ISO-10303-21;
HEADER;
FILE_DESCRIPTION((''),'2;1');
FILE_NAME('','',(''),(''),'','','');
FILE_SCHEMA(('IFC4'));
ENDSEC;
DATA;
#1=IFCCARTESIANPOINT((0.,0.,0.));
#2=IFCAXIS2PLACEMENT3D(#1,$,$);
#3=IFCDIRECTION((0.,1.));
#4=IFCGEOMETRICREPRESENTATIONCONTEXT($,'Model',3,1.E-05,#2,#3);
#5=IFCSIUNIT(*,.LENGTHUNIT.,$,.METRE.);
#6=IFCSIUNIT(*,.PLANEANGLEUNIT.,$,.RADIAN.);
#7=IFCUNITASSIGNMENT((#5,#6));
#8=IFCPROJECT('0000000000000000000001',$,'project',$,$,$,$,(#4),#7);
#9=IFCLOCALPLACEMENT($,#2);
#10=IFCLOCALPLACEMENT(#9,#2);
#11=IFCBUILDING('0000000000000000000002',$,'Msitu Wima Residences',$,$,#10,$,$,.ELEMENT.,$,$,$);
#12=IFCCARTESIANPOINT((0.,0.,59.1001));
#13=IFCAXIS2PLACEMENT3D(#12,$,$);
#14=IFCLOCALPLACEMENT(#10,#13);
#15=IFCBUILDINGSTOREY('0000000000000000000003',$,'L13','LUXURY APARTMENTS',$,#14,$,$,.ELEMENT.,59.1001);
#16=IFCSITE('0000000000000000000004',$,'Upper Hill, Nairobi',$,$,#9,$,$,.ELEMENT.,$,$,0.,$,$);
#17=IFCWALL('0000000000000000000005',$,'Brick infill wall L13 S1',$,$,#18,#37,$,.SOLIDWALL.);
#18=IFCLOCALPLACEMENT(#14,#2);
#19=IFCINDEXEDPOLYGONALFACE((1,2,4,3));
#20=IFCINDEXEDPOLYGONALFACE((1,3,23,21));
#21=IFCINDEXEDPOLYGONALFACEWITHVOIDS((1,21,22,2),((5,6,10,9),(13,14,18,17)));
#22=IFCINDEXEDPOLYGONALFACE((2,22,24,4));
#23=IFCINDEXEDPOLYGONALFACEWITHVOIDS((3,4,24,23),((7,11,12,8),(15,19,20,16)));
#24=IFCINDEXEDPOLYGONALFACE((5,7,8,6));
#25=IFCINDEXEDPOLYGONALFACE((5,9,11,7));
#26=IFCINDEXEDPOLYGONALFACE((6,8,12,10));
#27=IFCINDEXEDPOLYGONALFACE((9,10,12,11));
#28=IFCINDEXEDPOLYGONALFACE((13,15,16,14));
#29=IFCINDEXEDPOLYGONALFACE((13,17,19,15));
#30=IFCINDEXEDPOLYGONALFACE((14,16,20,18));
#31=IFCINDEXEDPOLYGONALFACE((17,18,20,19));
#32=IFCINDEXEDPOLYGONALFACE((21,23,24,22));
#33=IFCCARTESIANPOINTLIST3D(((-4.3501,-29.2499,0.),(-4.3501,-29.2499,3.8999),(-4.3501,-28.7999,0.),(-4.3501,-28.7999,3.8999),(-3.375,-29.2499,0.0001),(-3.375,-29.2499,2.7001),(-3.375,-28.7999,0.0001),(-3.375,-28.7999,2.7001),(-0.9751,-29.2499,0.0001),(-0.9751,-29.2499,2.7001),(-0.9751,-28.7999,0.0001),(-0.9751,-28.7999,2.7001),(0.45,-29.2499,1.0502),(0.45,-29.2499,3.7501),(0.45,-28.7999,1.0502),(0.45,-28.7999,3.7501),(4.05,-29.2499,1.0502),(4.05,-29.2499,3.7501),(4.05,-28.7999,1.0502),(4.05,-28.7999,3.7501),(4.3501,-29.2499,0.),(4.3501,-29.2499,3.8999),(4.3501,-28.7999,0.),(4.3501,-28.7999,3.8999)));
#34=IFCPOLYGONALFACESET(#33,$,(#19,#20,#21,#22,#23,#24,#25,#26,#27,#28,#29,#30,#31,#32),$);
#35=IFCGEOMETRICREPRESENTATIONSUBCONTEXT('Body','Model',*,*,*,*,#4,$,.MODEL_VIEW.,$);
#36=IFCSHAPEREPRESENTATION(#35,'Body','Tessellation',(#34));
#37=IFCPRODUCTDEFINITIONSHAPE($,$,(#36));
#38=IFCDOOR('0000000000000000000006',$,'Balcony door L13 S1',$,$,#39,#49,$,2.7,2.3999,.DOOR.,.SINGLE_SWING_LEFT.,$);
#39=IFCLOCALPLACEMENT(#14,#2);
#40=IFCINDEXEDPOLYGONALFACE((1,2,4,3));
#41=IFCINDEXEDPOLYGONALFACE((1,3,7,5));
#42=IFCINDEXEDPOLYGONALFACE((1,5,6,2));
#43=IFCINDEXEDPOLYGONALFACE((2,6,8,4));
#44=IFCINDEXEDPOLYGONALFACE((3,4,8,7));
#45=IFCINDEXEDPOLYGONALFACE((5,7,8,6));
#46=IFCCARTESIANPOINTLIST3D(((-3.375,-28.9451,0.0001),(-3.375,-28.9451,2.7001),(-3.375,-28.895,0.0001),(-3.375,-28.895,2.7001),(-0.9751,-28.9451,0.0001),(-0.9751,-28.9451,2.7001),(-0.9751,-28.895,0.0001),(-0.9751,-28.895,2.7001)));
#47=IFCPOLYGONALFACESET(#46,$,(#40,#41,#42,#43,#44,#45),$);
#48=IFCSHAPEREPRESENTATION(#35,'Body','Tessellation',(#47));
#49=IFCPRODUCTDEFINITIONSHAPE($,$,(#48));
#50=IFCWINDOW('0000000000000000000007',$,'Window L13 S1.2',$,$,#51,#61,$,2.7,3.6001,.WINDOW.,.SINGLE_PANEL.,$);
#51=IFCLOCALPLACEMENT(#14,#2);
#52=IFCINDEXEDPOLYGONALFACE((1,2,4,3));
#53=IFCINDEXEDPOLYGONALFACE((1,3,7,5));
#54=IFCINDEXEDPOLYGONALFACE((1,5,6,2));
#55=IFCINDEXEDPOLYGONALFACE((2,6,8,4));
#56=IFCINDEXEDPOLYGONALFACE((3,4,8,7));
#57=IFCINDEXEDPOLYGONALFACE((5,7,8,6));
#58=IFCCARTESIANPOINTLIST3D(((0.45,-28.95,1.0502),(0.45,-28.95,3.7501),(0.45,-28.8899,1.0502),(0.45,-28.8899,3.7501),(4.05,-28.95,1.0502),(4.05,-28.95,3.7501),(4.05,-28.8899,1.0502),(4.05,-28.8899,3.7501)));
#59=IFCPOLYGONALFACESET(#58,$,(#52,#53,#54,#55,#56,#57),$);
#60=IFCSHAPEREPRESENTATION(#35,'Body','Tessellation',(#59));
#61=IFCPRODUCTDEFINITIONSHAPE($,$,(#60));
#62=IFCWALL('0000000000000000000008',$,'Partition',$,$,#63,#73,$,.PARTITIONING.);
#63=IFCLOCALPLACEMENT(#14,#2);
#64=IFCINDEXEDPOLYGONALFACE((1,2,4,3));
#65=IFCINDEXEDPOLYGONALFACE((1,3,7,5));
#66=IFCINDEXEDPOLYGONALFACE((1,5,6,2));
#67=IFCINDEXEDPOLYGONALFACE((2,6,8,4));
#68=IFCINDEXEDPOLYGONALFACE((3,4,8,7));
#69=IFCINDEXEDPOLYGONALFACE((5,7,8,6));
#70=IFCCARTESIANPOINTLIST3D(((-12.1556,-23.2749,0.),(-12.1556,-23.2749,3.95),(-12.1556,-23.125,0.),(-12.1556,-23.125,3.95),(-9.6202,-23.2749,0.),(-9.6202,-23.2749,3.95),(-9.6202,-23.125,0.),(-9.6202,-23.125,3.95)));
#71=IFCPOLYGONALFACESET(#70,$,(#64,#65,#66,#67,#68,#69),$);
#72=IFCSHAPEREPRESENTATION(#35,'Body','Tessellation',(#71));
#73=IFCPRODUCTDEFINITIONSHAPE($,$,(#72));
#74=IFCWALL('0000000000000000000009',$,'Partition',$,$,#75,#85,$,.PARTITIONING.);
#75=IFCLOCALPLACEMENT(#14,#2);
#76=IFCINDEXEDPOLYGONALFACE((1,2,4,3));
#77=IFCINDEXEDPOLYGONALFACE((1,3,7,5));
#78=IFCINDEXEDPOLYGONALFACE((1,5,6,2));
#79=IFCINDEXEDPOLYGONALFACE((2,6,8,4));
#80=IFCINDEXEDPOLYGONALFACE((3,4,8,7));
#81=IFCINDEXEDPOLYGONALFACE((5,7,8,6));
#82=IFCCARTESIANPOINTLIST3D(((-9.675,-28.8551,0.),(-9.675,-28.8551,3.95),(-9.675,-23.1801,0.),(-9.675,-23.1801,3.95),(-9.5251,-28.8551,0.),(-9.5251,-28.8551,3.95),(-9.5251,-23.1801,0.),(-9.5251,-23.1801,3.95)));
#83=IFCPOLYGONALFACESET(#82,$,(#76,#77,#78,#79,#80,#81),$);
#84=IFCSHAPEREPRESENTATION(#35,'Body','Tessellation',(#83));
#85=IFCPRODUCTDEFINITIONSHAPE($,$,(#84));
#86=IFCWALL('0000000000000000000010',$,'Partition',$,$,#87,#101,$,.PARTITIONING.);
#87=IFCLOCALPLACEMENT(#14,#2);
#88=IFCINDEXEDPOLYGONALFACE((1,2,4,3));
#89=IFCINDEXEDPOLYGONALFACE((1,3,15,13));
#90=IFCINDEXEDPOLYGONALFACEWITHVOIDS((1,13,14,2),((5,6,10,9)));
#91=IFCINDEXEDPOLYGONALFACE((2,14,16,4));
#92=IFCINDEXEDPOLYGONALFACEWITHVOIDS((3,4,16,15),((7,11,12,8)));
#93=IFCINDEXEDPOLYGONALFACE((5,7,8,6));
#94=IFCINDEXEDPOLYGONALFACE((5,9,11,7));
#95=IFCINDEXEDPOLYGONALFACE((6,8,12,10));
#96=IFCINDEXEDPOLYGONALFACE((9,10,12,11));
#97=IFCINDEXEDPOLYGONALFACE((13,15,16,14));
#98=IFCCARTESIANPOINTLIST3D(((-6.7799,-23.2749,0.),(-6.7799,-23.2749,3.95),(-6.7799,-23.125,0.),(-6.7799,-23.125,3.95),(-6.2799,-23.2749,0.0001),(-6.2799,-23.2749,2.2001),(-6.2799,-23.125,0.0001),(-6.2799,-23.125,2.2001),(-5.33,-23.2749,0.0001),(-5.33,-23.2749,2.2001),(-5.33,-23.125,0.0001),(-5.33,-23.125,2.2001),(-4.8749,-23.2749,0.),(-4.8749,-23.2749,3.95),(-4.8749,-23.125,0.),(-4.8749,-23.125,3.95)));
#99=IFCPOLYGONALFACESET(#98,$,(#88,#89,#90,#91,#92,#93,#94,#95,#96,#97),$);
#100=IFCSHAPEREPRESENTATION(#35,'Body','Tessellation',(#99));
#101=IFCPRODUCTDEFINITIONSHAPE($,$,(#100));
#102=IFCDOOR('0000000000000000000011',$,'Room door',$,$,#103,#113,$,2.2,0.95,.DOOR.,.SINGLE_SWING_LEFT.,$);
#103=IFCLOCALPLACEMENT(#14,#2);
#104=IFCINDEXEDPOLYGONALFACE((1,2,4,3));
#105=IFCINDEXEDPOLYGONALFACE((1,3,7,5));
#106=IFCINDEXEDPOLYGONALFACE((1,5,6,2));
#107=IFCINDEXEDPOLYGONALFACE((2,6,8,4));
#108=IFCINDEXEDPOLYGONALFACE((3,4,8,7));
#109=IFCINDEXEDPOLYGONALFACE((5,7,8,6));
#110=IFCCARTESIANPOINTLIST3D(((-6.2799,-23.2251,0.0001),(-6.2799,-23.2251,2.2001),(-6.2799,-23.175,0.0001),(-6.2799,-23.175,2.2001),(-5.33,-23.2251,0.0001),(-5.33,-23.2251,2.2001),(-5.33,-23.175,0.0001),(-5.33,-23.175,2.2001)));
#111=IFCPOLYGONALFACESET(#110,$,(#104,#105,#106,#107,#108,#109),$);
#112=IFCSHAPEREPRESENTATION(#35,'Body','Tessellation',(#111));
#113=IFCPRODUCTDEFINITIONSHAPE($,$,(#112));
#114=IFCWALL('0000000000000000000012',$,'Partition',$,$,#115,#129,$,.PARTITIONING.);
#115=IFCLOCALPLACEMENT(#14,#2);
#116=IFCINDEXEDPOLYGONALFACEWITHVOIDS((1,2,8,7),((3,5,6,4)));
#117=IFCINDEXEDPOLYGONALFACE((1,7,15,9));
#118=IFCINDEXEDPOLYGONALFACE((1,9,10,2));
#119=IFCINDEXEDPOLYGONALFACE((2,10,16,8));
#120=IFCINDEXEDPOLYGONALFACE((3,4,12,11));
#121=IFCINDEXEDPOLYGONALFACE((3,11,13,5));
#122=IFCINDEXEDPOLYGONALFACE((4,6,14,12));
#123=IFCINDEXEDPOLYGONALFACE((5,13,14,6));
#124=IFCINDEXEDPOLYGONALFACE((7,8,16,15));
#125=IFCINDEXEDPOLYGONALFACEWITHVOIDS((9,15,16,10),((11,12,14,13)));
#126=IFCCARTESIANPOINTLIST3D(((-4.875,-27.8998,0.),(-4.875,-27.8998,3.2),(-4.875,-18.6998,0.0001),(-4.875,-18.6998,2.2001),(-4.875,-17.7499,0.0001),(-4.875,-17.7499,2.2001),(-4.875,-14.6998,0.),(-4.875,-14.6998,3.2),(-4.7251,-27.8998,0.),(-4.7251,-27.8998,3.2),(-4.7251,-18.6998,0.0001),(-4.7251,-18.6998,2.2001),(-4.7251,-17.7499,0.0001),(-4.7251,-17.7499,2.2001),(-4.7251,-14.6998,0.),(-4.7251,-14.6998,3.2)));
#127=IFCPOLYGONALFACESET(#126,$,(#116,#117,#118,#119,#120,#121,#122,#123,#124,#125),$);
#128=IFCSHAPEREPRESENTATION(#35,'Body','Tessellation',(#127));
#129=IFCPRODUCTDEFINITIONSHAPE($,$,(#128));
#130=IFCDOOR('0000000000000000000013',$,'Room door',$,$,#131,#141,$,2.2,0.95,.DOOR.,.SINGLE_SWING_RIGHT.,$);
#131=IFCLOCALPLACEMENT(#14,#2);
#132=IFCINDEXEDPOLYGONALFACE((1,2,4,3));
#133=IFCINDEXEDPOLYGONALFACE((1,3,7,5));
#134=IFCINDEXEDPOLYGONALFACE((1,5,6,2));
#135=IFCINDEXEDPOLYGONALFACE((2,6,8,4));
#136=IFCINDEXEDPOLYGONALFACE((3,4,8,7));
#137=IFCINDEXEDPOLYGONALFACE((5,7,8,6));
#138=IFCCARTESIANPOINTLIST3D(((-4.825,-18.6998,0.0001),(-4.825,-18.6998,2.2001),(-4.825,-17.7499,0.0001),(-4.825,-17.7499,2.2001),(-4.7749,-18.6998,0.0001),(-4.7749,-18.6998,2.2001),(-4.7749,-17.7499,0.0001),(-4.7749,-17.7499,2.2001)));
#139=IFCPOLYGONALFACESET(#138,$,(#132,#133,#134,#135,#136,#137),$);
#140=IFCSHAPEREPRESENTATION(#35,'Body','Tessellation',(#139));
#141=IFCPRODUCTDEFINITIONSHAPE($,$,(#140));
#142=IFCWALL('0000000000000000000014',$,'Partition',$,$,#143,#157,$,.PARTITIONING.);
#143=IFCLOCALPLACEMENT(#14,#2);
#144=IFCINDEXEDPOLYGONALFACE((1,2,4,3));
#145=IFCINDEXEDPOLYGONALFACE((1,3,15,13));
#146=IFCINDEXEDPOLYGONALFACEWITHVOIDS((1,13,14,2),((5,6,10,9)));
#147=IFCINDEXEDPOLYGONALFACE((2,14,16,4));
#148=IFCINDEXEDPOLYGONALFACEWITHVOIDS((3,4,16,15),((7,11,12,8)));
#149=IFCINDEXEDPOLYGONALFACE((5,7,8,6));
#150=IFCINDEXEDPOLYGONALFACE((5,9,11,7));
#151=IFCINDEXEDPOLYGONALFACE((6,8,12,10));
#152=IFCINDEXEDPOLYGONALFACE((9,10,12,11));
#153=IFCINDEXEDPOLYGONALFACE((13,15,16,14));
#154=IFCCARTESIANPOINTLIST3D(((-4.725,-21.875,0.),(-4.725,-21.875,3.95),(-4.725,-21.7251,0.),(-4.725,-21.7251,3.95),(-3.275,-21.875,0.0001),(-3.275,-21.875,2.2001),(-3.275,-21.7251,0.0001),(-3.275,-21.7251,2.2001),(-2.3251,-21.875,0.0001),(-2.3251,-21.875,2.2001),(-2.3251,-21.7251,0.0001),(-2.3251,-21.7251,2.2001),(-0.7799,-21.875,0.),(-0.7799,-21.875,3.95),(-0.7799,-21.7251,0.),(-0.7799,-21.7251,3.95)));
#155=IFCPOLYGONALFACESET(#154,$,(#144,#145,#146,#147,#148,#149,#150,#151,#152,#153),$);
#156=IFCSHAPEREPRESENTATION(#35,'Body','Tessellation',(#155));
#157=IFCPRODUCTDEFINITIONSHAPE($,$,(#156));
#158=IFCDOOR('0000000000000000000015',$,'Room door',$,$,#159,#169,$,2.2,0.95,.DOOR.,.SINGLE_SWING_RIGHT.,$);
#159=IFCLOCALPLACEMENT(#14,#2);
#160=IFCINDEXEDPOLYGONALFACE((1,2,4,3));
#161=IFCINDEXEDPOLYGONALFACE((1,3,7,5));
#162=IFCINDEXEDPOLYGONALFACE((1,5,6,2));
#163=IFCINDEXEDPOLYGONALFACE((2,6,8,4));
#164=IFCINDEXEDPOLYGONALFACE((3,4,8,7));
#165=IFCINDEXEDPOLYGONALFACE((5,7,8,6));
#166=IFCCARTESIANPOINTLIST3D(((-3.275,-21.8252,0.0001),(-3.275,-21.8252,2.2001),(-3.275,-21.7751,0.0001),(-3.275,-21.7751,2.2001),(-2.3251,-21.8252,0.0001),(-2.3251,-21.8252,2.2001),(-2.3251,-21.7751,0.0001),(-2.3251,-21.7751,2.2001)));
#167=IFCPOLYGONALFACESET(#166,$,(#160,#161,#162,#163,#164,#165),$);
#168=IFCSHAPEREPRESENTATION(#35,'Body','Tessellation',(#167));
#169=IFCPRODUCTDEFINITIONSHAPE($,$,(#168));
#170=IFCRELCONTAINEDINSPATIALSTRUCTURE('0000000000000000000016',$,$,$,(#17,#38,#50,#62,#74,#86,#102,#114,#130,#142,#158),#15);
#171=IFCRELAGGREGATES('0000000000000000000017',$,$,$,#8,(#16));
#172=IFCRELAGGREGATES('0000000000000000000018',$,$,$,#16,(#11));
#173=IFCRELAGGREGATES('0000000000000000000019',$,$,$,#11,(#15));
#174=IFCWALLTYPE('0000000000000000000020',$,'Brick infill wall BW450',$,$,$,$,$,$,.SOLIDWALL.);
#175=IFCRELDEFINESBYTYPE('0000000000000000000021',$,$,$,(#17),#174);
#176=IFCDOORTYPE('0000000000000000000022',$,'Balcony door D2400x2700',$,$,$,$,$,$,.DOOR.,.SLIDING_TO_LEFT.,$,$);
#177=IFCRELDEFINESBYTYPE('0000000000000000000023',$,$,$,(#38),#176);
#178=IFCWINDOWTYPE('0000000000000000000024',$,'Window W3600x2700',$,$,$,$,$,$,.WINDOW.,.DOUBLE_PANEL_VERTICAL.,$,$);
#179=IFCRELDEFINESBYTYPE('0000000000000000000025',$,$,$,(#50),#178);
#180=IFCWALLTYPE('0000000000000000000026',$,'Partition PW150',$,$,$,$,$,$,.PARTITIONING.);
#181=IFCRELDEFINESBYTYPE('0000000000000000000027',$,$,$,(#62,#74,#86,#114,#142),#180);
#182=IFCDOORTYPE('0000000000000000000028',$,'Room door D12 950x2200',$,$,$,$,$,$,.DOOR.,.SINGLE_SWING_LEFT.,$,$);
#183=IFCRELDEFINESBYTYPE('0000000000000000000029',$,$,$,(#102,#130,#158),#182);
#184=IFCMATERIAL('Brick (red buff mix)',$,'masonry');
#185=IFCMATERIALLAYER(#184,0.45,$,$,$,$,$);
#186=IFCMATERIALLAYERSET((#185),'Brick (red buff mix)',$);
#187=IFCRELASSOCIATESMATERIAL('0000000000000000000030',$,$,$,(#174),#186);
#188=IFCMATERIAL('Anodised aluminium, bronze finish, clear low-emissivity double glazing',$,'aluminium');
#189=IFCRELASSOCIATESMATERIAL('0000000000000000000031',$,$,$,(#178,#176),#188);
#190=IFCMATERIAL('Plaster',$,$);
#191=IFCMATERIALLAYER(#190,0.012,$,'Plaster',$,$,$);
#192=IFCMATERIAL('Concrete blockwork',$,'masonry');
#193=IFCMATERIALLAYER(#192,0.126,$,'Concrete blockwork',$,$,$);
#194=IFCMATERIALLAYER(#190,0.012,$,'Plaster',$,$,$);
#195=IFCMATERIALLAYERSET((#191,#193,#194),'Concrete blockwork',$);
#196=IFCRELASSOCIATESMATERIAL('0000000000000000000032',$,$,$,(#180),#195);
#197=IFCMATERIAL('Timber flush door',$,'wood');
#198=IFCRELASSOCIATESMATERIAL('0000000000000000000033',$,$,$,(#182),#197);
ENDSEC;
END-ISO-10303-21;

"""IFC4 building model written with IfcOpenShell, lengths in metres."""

from ifc_helpers import new_model, si_unit, direction, frame, frame_2d, origin, place, context, subcontext, project, spatial, rectangle, extrude, material, layer, layer_set, type_object, element, fill, save


model = new_model("IFC4")

# Units and contexts
model_context = context("Model", 3, precision=1e-05, world=origin(), true_north=direction((0.0, 1.0)))
body_context = subcontext(model_context, "Body", "Model", "MODEL_VIEW")
ifc_project = project(units=[si_unit("LENGTHUNIT", "METRE"), si_unit("PLANEANGLEUNIT", "RADIAN")], contexts=[model_context])

# Site, building, storey
site_placement = place(None, origin())
site = spatial("IfcSite", under=ifc_project, at=site_placement, Name="Upper Hill, Nairobi", CompositionType="ELEMENT", RefElevation=0.0)
building_placement = place(site_placement, origin())
building = spatial("IfcBuilding", under=site, at=building_placement, Name="Msitu Wima Residences", CompositionType="ELEMENT")
storey_placement = place(building_placement, frame((0.0, 0.0, 59.1001)))
storey = spatial("IfcBuildingStorey", under=building, at=storey_placement, Name="L13", Description="LUXURY APARTMENTS", CompositionType="ELEMENT", Elevation=59.1001)

# Shared definitions
ifc_material_1 = material(Name="Brick (red buff mix)", Category="masonry")
ifc_layer_1 = layer(ifc_material_1, 0.45)
ifc_layer_set_1 = layer_set([ifc_layer_1], Name="Brick (red buff mix)")
wall_type_1 = type_object("IfcWallType", Name="Brick infill wall BW450", PredefinedType="SOLIDWALL", material=ifc_layer_set_1)
ifc_material_2 = material(Name="Anodised aluminium, bronze finish, clear low-emissivity double glazing", Category="aluminium")
window_type = type_object("IfcWindowType", Name="Window W3600x2700", PartitioningType="DOUBLE_PANEL_VERTICAL", PredefinedType="WINDOW", material=ifc_material_2)

# Wall, openings, door, window
wall_1_placement = place(storey_placement, frame((-4.3501, -29.0249, 0.0), z_axis=(0.0, 0.0, 1.0), x_axis=(1.0, 0.0, 0.0)))
wall_1 = element("IfcWall", 1, at=wall_1_placement, inside=storey, type_object=wall_type_1, Name="Brick infill wall L13 S1", PredefinedType="SOLIDWALL", context=body_context, shape_type="SweptSolid", body=[
    extrude(rectangle(XDim=8.7002, YDim=0.45, at=frame_2d((4.3501, 0.0))), origin(), (0.0, 0.0, 1.0), 3.8999),
])
opening_1_placement = place(wall_1_placement, frame((0.9751, 0.0, 0.0)))
opening_1 = element("IfcOpeningElement", 2, at=opening_1_placement, cuts=wall_1, PredefinedType="OPENING", context=body_context, shape_type="SweptSolid", body=[
    extrude(rectangle(XDim=2.3999, YDim=2.7, at=frame_2d((1.2, 1.3501))), frame((0.0, 0.2349, 0.0), z_axis=(0.0, -1.0, 0.0), x_axis=(1.0, 0.0, 0.0)), (0.0, 0.0, 1.0), 0.47),
])
opening_2_placement = place(wall_1_placement, frame((4.8, 0.0, 1.05)))
opening_2 = element("IfcOpeningElement", 3, at=opening_2_placement, cuts=wall_1, PredefinedType="OPENING", context=body_context, shape_type="SweptSolid", body=[
    extrude(rectangle(XDim=3.6001, YDim=2.7, at=frame_2d((1.8, 1.3501))), frame((0.0, 0.2349, 0.0), z_axis=(0.0, -1.0, 0.0), x_axis=(1.0, 0.0, 0.0)), (0.0, 0.0, 1.0), 0.47),
])
door_type_1 = type_object("IfcDoorType", Name="Balcony door D2400x2700", OperationType="SLIDING_TO_LEFT", PredefinedType="DOOR", material=ifc_material_2)
door_1_placement = place(opening_1_placement, origin())
door_1 = element("IfcDoor", 4, at=door_1_placement, inside=storey, type_object=door_type_1, Name="Balcony door L13 S1", OperationType="SINGLE_SWING_LEFT", OverallHeight=2.7, OverallWidth=2.3999, PredefinedType="DOOR", context=body_context, shape_type="SweptSolid", body=[
    extrude(rectangle(XDim=2.3999, YDim=2.7, at=frame_2d((1.2, 1.3501))), frame((0.0, 0.1299, 0.0), z_axis=(0.0, -1.0, 0.0), x_axis=(1.0, 0.0, 0.0)), (0.0, 0.0, 1.0), 0.05),
])
fill(opening_1, door_1)
window_1_placement = place(opening_2_placement, origin())
window_1 = element("IfcWindow", 5, at=window_1_placement, inside=storey, type_object=window_type, Name="Window L13 S1.2", OverallHeight=2.7, OverallWidth=3.6001, PartitioningType="SINGLE_PANEL", PredefinedType="WINDOW", context=body_context, shape_type="SweptSolid", body=[
    extrude(rectangle(XDim=3.6001, YDim=2.7, at=frame_2d((1.8, 1.3501))), frame((0.0, 0.135, 0.0), z_axis=(0.0, -1.0, 0.0), x_axis=(1.0, 0.0, 0.0)), (0.0, 0.0, 1.0), 0.0601),
])
fill(opening_2, window_1)

# Walls
ifc_material_3 = material(Name="Plaster")
ifc_layer_2 = layer(ifc_material_3, 0.012, Name="Plaster")
ifc_material_4 = material(Name="Concrete blockwork", Category="masonry")
ifc_layer_3 = layer(ifc_material_4, 0.126, Name="Concrete blockwork")
ifc_layer_4 = layer(ifc_material_3, 0.012, Name="Plaster")
ifc_layer_set_2 = layer_set([ifc_layer_2, ifc_layer_3, ifc_layer_4], Name="Concrete blockwork")
wall_type_2 = type_object("IfcWallType", Name="Partition PW150", PredefinedType="PARTITIONING", material=ifc_layer_set_2)
wall_2_placement = place(storey_placement, frame((-12.1555, -23.2, 0.0), z_axis=(0.0, 0.0, 1.0), x_axis=(1.0, 0.0, 0.0)))
element("IfcWall", 6, at=wall_2_placement, inside=storey, type_object=wall_type_2, Name="Partition", PredefinedType="PARTITIONING", context=body_context, shape_type="SweptSolid", body=[
    extrude(rectangle(XDim=2.5354, YDim=0.1499, at=frame_2d((1.2676, 0.0))), origin(), (0.0, 0.0, 1.0), 3.95),
])
wall_3_placement = place(storey_placement, frame((-9.6001, -28.855, 0.0), z_axis=(0.0, 0.0, 1.0), x_axis=(0.0, 1.0, 0.0)))
element("IfcWall", 7, at=wall_3_placement, inside=storey, type_object=wall_type_2, Name="Partition", PredefinedType="PARTITIONING", context=body_context, shape_type="SweptSolid", body=[
    extrude(rectangle(XDim=5.675, YDim=0.1499, at=frame_2d((2.8374, 0.0))), origin(), (0.0, 0.0, 1.0), 3.95),
])

# Walls, openings, doors
wall_4_placement = place(storey_placement, frame((-6.78, -23.2, 0.0), z_axis=(0.0, 0.0, 1.0), x_axis=(1.0, 0.0, 0.0)))
wall_4 = element("IfcWall", 8, at=wall_4_placement, inside=storey, type_object=wall_type_2, Name="Partition", PredefinedType="PARTITIONING", context=body_context, shape_type="SweptSolid", body=[
    extrude(rectangle(XDim=1.905, YDim=0.1499, at=frame_2d((0.9526, 0.0))), origin(), (0.0, 0.0, 1.0), 3.95),
])
opening_3_placement = place(wall_4_placement, frame((0.5, 0.0, 0.0)))
opening_3 = element("IfcOpeningElement", 9, at=opening_3_placement, cuts=wall_4, PredefinedType="OPENING", context=body_context, shape_type="SweptSolid", body=[
    extrude(rectangle(XDim=0.95, YDim=2.2, at=frame_2d((0.4751, 1.1001))), frame((0.0, 0.085, 0.0), z_axis=(0.0, -1.0, 0.0), x_axis=(1.0, 0.0, 0.0)), (0.0, 0.0, 1.0), 0.1699),
])
ifc_material_5 = material(Name="Timber flush door", Category="wood")
door_type_2 = type_object("IfcDoorType", Name="Room door D12 950x2200", OperationType="SINGLE_SWING_LEFT", PredefinedType="DOOR", material=ifc_material_5)
door_2_placement = place(opening_3_placement, origin())
door_2 = element("IfcDoor", 10, at=door_2_placement, inside=storey, type_object=door_type_2, Name="Room door", OperationType="SINGLE_SWING_LEFT", OverallHeight=2.2, OverallWidth=0.95, PredefinedType="DOOR", context=body_context, shape_type="SweptSolid", body=[
    extrude(rectangle(XDim=0.95, YDim=2.2, at=frame_2d((0.4751, 1.1001))), frame((0.0, 0.0249, 0.0), z_axis=(0.0, -1.0, 0.0), x_axis=(1.0, 0.0, 0.0)), (0.0, 0.0, 1.0), 0.05),
])
fill(opening_3, door_2)
wall_5_placement = place(storey_placement, frame((-4.8, -27.8999, 0.0), z_axis=(0.0, 0.0, 1.0), x_axis=(0.0, 1.0, 0.0)))
wall_5 = element("IfcWall", 11, at=wall_5_placement, inside=storey, type_object=wall_type_2, Name="Partition", PredefinedType="PARTITIONING", context=body_context, shape_type="SweptSolid", body=[
    extrude(rectangle(XDim=13.2, YDim=0.1499, at=frame_2d((6.6001, 0.0))), origin(), (0.0, 0.0, 1.0), 3.2),
])
opening_4_placement = place(wall_5_placement, frame((9.2, 0.0, 0.0)))
opening_4 = element("IfcOpeningElement", 12, at=opening_4_placement, cuts=wall_5, PredefinedType="OPENING", context=body_context, shape_type="SweptSolid", body=[
    extrude(rectangle(XDim=0.95, YDim=2.2, at=frame_2d((0.4751, 1.1001))), frame((0.0, 0.085, 0.0), z_axis=(0.0, -1.0, 0.0), x_axis=(1.0, 0.0, 0.0)), (0.0, 0.0, 1.0), 0.1699),
])
door_3_placement = place(opening_4_placement, origin())
door_3 = element("IfcDoor", 13, at=door_3_placement, inside=storey, type_object=door_type_2, Name="Room door", OperationType="SINGLE_SWING_RIGHT", OverallHeight=2.2, OverallWidth=0.95, PredefinedType="DOOR", context=body_context, shape_type="SweptSolid", body=[
    extrude(rectangle(XDim=0.95, YDim=2.2, at=frame_2d((0.4751, 1.1001))), frame((0.0, 0.0249, 0.0), z_axis=(0.0, -1.0, 0.0), x_axis=(1.0, 0.0, 0.0)), (0.0, 0.0, 1.0), 0.05),
])
fill(opening_4, door_3)
wall_6_placement = place(storey_placement, frame((-4.7251, -21.8, 0.0), z_axis=(0.0, 0.0, 1.0), x_axis=(1.0, 0.0, 0.0)))
wall_6 = element("IfcWall", 14, at=wall_6_placement, inside=storey, type_object=wall_type_2, Name="Partition", PredefinedType="PARTITIONING", context=body_context, shape_type="SweptSolid", body=[
    extrude(rectangle(XDim=3.9451, YDim=0.1499, at=frame_2d((1.9727, 0.0))), origin(), (0.0, 0.0, 1.0), 3.95),
])
opening_5_placement = place(wall_6_placement, frame((1.45, 0.0, 0.0)))
opening_5 = element("IfcOpeningElement", 15, at=opening_5_placement, cuts=wall_6, PredefinedType="OPENING", context=body_context, shape_type="SweptSolid", body=[
    extrude(rectangle(XDim=0.95, YDim=2.2, at=frame_2d((0.4751, 1.1001))), frame((0.0, 0.085, 0.0), z_axis=(0.0, -1.0, 0.0), x_axis=(1.0, 0.0, 0.0)), (0.0, 0.0, 1.0), 0.1699),
])
door_4_placement = place(opening_5_placement, origin())
door_4 = element("IfcDoor", 16, at=door_4_placement, inside=storey, type_object=door_type_2, Name="Room door", OperationType="SINGLE_SWING_RIGHT", OverallHeight=2.2, OverallWidth=0.95, PredefinedType="DOOR", context=body_context, shape_type="SweptSolid", body=[
    extrude(rectangle(XDim=0.95, YDim=2.2, at=frame_2d((0.4751, 1.1001))), frame((0.0, 0.0249, 0.0), z_axis=(0.0, -1.0, 0.0), x_axis=(1.0, 0.0, 0.0)), (0.0, 0.0, 1.0), 0.05),
])
fill(opening_5, door_4)

save(model, "model.ifc")
